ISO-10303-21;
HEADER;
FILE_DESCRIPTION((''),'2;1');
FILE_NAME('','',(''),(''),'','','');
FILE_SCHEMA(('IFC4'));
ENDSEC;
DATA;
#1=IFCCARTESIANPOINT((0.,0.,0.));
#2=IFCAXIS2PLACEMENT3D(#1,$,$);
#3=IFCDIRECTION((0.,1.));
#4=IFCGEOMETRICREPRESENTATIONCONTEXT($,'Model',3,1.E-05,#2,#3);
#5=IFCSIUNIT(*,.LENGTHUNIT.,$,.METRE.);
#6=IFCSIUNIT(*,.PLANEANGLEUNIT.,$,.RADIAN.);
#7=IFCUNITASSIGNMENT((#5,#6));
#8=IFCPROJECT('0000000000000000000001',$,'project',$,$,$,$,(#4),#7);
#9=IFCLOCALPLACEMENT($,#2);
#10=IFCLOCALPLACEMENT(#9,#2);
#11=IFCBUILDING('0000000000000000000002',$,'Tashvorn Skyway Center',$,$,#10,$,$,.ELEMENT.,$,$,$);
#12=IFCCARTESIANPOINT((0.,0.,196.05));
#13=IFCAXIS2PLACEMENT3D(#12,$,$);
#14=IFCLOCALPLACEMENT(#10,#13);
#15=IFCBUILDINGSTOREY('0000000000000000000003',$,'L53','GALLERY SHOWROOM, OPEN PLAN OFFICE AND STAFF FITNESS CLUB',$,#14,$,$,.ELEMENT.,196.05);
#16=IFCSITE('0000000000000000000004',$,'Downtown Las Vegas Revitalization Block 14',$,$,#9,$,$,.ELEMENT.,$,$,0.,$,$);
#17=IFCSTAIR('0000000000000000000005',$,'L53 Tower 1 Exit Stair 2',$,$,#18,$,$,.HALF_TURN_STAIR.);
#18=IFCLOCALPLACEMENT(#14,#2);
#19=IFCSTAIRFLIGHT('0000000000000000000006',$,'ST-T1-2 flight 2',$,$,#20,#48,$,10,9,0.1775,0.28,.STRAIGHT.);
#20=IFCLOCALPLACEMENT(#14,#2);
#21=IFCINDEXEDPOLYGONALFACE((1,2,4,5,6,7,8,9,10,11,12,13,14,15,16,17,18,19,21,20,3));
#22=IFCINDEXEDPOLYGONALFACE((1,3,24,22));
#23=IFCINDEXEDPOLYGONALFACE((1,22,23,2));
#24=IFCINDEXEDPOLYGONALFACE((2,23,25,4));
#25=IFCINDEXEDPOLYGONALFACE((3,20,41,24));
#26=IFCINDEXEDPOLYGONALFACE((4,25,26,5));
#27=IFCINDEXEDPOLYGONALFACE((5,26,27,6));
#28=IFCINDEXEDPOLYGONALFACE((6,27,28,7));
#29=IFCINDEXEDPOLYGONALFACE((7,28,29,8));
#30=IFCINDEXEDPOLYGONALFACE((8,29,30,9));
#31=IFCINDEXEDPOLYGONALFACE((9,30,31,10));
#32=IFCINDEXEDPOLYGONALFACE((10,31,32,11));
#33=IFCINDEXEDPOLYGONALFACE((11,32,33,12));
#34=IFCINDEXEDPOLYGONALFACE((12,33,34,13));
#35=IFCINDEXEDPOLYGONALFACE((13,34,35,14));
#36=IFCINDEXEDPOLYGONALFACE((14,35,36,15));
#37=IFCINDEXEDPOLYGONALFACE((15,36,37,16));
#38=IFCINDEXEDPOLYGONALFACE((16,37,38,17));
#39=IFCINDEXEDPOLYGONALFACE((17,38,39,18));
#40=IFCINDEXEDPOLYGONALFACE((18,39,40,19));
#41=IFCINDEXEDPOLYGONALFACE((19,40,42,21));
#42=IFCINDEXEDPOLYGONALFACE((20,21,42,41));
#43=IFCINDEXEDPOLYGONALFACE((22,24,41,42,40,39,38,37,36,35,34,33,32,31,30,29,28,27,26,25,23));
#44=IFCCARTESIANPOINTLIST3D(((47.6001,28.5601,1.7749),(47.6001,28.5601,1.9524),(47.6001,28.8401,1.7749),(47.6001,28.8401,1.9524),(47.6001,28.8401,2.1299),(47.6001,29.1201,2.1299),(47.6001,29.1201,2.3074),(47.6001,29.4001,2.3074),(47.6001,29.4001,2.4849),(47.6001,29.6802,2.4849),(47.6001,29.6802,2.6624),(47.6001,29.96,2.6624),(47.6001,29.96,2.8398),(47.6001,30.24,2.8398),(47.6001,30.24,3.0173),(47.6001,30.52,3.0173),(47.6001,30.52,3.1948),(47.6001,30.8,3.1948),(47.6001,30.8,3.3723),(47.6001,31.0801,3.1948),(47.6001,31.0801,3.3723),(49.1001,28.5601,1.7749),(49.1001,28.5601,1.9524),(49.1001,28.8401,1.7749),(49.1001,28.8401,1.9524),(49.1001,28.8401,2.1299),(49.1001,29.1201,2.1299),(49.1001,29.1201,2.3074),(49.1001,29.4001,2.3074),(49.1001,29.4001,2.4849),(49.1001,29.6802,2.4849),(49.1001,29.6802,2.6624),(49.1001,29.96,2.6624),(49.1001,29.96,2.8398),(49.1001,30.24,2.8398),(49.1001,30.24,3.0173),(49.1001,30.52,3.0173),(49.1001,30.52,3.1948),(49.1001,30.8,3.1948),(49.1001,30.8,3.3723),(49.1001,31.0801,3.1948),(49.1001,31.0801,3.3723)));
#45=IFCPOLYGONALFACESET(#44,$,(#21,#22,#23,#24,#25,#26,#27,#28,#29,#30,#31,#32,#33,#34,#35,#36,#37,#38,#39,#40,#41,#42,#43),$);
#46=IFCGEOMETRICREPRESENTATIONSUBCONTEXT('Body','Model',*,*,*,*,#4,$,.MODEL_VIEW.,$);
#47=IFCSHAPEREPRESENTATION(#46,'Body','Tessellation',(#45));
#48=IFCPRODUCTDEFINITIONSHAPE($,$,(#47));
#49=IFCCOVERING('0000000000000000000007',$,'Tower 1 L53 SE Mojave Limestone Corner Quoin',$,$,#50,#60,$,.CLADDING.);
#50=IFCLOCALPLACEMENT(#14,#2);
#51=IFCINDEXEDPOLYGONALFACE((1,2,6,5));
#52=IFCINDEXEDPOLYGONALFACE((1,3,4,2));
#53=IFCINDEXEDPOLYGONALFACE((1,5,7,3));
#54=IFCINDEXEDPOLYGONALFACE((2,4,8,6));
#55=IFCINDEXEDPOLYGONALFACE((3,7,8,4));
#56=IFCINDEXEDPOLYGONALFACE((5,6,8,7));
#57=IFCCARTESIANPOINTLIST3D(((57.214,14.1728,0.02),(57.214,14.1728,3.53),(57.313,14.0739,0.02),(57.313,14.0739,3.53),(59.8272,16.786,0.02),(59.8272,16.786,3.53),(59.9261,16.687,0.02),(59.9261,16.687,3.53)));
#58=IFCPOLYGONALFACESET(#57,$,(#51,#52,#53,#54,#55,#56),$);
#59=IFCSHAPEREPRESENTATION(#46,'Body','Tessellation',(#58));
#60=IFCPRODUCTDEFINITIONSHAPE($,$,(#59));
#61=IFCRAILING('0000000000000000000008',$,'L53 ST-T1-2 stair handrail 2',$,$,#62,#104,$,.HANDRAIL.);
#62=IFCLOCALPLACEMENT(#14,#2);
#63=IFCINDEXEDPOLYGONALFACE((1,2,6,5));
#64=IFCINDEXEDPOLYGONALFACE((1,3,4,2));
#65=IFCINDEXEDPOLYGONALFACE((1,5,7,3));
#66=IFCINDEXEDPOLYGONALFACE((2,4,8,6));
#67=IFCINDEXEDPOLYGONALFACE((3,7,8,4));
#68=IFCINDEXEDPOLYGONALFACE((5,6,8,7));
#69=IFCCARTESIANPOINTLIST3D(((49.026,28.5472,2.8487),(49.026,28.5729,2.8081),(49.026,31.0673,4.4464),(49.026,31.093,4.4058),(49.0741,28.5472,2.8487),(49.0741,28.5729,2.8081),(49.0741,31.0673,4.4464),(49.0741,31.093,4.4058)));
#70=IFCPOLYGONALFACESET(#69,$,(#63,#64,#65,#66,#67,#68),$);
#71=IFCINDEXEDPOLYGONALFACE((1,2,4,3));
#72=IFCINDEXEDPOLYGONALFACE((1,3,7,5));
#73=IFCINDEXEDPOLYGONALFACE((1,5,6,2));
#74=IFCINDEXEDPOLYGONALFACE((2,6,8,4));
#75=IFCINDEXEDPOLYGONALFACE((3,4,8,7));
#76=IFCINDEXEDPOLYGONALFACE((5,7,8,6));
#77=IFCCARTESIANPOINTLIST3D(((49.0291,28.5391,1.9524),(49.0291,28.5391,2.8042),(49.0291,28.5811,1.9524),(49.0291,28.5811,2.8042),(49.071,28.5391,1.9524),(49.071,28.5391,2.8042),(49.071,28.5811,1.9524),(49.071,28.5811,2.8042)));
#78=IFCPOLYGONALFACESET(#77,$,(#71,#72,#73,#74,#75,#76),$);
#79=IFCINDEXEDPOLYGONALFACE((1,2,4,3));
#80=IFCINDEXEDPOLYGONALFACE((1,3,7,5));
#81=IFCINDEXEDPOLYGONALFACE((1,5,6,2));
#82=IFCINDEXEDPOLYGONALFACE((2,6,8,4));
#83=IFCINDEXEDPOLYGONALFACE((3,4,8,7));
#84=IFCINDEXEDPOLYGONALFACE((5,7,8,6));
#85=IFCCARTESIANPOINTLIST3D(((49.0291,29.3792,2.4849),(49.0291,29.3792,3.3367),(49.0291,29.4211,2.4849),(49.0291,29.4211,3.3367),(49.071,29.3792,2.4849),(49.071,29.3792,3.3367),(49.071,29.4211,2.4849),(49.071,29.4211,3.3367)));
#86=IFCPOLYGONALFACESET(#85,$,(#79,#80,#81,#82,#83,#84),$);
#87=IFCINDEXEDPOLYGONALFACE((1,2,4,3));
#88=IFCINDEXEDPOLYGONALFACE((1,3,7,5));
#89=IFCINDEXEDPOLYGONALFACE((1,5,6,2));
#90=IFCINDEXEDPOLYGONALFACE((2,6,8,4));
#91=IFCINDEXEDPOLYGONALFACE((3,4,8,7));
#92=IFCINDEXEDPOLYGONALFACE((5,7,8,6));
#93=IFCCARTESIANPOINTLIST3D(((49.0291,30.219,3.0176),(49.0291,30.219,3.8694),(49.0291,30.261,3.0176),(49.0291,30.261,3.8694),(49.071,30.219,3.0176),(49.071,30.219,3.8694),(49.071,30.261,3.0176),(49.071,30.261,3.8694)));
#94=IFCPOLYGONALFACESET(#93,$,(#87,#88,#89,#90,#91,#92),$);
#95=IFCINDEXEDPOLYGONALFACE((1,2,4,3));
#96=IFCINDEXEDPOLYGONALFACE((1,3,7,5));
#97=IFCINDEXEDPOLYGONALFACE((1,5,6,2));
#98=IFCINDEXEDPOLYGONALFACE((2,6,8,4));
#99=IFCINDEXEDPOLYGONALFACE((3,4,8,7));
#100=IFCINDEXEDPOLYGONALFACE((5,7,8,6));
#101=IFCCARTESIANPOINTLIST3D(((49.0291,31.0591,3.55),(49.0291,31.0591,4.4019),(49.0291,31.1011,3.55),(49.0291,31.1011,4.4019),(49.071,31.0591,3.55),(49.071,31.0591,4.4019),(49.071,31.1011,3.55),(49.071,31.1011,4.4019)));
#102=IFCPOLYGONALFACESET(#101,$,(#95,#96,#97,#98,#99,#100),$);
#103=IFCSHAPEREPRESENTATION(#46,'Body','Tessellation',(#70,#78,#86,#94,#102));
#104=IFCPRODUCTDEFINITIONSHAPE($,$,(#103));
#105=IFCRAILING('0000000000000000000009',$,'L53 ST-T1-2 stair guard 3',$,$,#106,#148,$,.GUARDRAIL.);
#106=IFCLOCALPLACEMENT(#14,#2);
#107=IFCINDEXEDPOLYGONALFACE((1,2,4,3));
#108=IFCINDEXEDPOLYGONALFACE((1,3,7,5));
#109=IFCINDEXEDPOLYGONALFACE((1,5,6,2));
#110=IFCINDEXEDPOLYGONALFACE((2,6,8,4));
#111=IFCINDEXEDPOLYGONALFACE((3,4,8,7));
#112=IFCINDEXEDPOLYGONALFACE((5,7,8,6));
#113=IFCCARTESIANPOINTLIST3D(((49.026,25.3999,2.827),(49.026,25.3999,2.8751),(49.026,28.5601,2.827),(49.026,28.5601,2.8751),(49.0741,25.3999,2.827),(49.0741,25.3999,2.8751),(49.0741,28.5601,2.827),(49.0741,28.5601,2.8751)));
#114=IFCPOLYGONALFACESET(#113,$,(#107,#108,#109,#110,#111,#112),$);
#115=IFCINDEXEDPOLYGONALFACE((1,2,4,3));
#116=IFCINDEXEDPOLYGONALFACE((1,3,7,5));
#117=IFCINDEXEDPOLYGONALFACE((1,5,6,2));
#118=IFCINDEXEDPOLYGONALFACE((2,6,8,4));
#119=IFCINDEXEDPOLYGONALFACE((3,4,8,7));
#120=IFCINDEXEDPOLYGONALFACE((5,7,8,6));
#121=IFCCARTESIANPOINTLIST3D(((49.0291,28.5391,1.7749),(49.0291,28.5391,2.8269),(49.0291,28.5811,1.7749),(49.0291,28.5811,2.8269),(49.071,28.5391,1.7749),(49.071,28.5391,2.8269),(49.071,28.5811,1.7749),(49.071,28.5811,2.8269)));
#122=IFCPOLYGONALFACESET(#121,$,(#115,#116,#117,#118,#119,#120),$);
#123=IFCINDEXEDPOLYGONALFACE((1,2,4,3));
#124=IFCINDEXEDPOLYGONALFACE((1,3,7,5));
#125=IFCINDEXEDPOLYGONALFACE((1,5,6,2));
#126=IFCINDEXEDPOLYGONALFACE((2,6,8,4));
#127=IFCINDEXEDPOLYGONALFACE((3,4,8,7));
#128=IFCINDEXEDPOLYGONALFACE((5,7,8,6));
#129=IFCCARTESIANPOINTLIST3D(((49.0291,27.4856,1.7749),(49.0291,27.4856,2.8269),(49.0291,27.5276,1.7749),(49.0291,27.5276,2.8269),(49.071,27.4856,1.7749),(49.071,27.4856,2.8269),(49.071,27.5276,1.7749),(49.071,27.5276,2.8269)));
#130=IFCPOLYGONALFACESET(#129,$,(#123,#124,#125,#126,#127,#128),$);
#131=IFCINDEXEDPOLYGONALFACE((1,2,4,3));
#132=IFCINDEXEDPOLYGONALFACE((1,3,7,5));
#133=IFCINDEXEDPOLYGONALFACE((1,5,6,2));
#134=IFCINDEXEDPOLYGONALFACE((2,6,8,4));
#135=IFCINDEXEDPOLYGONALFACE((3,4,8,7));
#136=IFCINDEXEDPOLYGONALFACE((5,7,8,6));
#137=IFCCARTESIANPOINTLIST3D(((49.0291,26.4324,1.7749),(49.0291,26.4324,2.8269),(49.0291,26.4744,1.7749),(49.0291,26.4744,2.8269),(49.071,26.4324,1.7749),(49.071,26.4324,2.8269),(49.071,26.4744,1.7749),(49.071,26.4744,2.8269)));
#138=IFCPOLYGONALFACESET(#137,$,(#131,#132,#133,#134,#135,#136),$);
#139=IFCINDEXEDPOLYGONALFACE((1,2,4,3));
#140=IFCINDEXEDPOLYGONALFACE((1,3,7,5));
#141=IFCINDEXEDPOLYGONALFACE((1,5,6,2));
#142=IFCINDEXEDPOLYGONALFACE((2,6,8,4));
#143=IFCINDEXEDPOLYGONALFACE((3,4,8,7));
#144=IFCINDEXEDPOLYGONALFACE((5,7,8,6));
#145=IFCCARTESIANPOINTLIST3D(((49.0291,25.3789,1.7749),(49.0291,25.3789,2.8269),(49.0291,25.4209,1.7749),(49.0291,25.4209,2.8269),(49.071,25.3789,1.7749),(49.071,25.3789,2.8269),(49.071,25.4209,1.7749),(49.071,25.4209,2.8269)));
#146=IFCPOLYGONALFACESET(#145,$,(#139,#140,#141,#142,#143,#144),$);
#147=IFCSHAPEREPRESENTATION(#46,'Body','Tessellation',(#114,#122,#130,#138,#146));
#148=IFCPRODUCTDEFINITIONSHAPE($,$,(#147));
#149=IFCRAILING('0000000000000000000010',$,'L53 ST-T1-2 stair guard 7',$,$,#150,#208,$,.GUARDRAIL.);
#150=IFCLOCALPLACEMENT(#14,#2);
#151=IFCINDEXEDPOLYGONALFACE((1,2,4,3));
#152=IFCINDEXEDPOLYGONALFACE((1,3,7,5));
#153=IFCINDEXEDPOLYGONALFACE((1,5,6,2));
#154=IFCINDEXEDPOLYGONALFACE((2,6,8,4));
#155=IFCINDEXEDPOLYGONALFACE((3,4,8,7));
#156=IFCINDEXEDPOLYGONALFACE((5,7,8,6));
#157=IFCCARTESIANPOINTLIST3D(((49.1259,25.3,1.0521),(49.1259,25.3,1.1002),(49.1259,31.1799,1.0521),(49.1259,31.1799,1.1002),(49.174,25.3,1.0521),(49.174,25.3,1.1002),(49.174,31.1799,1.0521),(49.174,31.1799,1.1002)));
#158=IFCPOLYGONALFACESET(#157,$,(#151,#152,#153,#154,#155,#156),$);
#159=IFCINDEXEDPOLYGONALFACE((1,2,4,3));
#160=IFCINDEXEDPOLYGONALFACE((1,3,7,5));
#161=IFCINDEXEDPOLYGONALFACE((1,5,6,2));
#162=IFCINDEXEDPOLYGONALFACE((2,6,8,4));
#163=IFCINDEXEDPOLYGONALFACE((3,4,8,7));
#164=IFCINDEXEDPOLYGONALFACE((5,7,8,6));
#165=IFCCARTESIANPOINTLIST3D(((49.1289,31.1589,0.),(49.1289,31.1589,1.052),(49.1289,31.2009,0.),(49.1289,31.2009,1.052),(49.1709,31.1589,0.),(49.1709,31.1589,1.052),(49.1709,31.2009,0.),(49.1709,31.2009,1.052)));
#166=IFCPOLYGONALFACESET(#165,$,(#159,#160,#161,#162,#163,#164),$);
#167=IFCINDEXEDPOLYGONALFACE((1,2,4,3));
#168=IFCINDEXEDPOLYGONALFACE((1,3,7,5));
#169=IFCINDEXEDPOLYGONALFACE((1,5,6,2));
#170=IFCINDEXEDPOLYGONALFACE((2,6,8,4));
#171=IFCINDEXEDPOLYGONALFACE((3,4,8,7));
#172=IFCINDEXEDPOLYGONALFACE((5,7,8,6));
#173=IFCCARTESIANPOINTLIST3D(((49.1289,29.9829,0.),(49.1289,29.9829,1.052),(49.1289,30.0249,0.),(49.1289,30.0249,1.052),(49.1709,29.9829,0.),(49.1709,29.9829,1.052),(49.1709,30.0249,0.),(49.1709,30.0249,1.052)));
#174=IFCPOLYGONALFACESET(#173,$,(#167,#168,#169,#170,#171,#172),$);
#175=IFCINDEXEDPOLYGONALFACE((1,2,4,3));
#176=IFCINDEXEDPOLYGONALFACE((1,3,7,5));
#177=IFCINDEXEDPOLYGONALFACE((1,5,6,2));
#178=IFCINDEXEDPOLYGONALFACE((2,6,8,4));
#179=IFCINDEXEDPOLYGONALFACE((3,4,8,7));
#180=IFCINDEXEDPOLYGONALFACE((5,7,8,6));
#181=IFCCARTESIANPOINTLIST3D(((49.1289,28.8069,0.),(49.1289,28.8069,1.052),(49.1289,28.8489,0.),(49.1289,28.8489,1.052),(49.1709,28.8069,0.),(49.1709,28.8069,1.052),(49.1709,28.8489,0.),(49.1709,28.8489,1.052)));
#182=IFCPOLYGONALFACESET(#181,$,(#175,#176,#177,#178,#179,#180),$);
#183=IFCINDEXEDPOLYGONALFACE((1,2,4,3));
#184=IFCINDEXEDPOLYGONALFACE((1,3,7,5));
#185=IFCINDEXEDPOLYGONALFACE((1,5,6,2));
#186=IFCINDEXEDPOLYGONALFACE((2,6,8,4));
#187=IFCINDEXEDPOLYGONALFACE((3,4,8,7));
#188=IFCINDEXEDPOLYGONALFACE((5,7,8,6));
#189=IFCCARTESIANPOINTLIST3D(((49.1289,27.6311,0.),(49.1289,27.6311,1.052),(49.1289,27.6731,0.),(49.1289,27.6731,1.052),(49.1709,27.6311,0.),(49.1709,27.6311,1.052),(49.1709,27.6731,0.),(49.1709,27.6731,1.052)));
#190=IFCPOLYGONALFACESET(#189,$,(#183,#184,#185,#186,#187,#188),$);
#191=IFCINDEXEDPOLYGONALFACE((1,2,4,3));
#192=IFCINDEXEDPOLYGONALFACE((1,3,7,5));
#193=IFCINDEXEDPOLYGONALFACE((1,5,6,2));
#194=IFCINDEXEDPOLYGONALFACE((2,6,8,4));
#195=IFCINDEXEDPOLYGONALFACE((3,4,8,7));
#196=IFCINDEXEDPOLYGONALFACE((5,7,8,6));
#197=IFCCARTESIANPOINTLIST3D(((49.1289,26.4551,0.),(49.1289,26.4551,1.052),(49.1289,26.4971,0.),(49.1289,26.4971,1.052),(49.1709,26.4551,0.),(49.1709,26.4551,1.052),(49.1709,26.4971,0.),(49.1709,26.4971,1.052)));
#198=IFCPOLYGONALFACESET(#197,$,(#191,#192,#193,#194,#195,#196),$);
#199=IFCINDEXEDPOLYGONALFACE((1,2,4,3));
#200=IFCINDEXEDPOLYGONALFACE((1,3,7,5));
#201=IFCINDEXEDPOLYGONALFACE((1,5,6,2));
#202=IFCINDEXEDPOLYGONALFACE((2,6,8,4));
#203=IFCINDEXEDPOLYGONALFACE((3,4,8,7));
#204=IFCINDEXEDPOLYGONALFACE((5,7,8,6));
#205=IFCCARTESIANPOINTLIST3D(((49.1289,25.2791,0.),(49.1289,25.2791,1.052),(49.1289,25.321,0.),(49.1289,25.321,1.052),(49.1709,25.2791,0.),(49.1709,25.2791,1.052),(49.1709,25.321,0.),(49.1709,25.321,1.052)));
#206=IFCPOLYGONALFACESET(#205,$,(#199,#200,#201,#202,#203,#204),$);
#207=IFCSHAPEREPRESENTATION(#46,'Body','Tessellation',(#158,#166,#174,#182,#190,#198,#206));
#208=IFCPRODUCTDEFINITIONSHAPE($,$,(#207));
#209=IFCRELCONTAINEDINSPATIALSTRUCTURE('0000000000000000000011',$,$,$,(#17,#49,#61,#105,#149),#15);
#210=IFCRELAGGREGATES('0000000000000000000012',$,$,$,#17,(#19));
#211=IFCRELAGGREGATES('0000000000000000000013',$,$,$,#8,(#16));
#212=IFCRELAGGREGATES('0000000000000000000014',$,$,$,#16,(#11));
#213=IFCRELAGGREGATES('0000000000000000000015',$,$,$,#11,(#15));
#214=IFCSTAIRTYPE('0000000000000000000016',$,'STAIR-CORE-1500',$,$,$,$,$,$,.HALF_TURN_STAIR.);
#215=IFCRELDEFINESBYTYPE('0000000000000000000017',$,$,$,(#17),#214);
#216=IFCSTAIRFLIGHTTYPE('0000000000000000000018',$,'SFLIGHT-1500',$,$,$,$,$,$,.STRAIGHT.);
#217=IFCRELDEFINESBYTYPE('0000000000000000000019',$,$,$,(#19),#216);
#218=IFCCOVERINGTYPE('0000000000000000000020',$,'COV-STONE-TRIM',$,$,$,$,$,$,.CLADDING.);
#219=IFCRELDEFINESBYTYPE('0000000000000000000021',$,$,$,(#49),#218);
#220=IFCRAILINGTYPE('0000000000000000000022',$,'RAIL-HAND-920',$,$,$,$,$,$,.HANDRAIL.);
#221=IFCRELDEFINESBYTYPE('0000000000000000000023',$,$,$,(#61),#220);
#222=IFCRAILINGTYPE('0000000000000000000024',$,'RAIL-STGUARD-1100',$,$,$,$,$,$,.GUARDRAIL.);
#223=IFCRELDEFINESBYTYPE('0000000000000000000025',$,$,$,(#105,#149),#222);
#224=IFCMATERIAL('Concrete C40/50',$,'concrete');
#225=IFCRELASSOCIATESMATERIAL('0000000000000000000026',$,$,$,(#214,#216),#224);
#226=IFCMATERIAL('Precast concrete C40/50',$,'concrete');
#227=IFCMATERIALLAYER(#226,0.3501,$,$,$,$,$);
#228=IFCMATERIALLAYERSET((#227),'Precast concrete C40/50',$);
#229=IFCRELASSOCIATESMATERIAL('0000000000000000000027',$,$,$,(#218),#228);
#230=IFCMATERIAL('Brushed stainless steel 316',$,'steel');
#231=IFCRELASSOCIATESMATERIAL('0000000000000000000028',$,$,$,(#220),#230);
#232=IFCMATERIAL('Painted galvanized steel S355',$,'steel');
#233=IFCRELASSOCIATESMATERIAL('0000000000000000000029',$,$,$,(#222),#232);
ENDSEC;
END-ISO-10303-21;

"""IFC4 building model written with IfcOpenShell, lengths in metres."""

from ifc_helpers import new_model, si_unit, direction, frame, origin, origin_2d, place, context, subcontext, project, spatial, polyline, rectangle, outline, extrude, material, layer, layer_set, type_object, element, aggregate, save


model = new_model("IFC4")

# Units and contexts
model_context = context("Model", 3, precision=1e-05, world=origin(), true_north=direction((0.0, 1.0)))
body_context = subcontext(model_context, "Body", "Model", "MODEL_VIEW")
ifc_project = project(units=[si_unit("LENGTHUNIT", "METRE"), si_unit("PLANEANGLEUNIT", "RADIAN")], contexts=[model_context])

# Site, building, storey
site_placement = place(None, origin())
site = spatial("IfcSite", under=ifc_project, at=site_placement, Name="Downtown Las Vegas Revitalization Block 14", CompositionType="ELEMENT", RefElevation=0.0)
building_placement = place(site_placement, origin())
building = spatial("IfcBuilding", under=site, at=building_placement, Name="Tashvorn Skyway Center", CompositionType="ELEMENT")
storey_placement = place(building_placement, frame((0.0, 0.0, 196.05)))
storey = spatial("IfcBuildingStorey", under=building, at=storey_placement, Name="L53", Description="GALLERY SHOWROOM, OPEN PLAN OFFICE AND STAFF FITNESS CLUB", CompositionType="ELEMENT", Elevation=196.05)

# Stair, stair flight
ifc_material_1 = material(Name="Concrete C40/50", Category="concrete")
stair_type = type_object("IfcStairType", Name="STAIR-CORE-1500", PredefinedType="HALF_TURN_STAIR", material=ifc_material_1)
stair_placement = place(storey_placement, origin())
stair = element("IfcStair", 1, at=stair_placement, inside=storey, type_object=stair_type, Name="L53 Tower 1 Exit Stair 2", PredefinedType="HALF_TURN_STAIR")
stair_flight_type = type_object("IfcStairFlightType", Name="SFLIGHT-1500", PredefinedType="STRAIGHT", material=ifc_material_1)
stair_flight_placement = place(storey_placement, frame((48.3501, 28.5601, 1.7749), z_axis=(0.0, 0.0, 1.0), x_axis=(0.0, 1.0, 0.0)))
stair_flight = element("IfcStairFlight", 2, at=stair_flight_placement, type_object=stair_flight_type, Name="ST-T1-2 flight 2", NumberOfRisers=10, NumberOfTreads=9, PredefinedType="STRAIGHT", RiserHeight=0.1775, TreadLength=0.28, context=body_context, shape_type="SweptSolid", body=[
    extrude(outline(polyline([(0.0, 0.0), (0.0, 0.1775), (0.28, 0.1775), (0.28, 0.355), (0.5601, 0.355), (0.5601, 0.5325), (0.8401, 0.5325), (0.8401, 0.71), (1.1201, 0.71), (1.1201, 0.8875), (1.3999, 0.8875), (1.3999, 1.0649), (1.6799, 1.0649), (1.6799, 1.2424), (1.96, 1.2424), (1.96, 1.4199), (2.24, 1.4199), (2.24, 1.5974), (2.52, 1.5974), (2.52, 1.7749), (2.52, 1.4199), (0.28, 0.0), (0.0, 0.0)])), frame((0.0, 0.75, 0.0), z_axis=(0.0, -1.0, 0.0), x_axis=(1.0, 0.0, 0.0)), (0.0, 0.0, 1.0), 1.5),
])
aggregate(stair, [stair_flight])

# Covering
ifc_material_2 = material(Name="Precast concrete C40/50", Category="concrete")
ifc_layer_1 = layer(ifc_material_2, 0.3501)
ifc_layer_set_1 = layer_set([ifc_layer_1], Name="Precast concrete C40/50")
covering_type = type_object("IfcCoveringType", Name="COV-STONE-TRIM", PredefinedType="CLADDING", material=ifc_layer_set_1)
covering_placement = place(storey_placement, frame((58.5701, 15.4299, 0.02), z_axis=(0.0, 0.0, 1.0), x_axis=(0.707107, 0.707107, 0.0)))
element("IfcCovering", 3, at=covering_placement, inside=storey, type_object=covering_type, Name="Tower 1 L53 SE Mojave Limestone Corner Quoin", PredefinedType="CLADDING", context=body_context, shape_type="SweptSolid", body=[
    extrude(rectangle(XDim=3.6956, YDim=0.1399, at=origin_2d()), origin(), (0.0, 0.0, 1.0), 3.51),
])

# Railings
ifc_material_3 = material(Name="Brushed stainless steel 316", Category="steel")
railing_type_1 = type_object("IfcRailingType", Name="RAIL-HAND-920", PredefinedType="HANDRAIL", material=ifc_material_3)
railing_1_placement = place(storey_placement, frame((49.05, 28.5601, 1.9524)))
element("IfcRailing", 4, at=railing_1_placement, inside=storey, type_object=railing_type_1, Name="L53 ST-T1-2 stair handrail 2", PredefinedType="HANDRAIL", context=body_context, shape_type="SweptSolid", body=[
    extrude(rectangle(XDim=0.0481, YDim=0.0481, at=origin_2d()), frame((0.0, 0.0, 0.876), z_axis=(0.0, 0.84457, 0.535445), x_axis=(-1.0, 0.0, 0.0)), (0.0, 0.0, 1.0), 2.9839),
    extrude(rectangle(XDim=0.042, YDim=0.042, at=origin_2d()), origin(), (0.0, 0.0, 1.0), 0.8518),
    extrude(rectangle(XDim=0.042, YDim=0.042, at=origin_2d()), frame((0.0, 0.8401, 0.5325)), (0.0, 0.0, 1.0), 0.8518),
    extrude(rectangle(XDim=0.042, YDim=0.042, at=origin_2d()), frame((0.0, 1.6799, 1.0652)), (0.0, 0.0, 1.0), 0.8518),
    extrude(rectangle(XDim=0.042, YDim=0.042, at=origin_2d()), frame((0.0, 2.52, 1.5977)), (0.0, 0.0, 1.0), 0.8518),
])
ifc_material_4 = material(Name="Painted galvanized steel S355", Category="steel")
railing_type_2 = type_object("IfcRailingType", Name="RAIL-STGUARD-1100", PredefinedType="GUARDRAIL", material=ifc_material_4)
railing_2_placement = place(storey_placement, frame((49.05, 28.5601, 1.7749)))
element("IfcRailing", 5, at=railing_2_placement, inside=storey, type_object=railing_type_2, Name="L53 ST-T1-2 stair guard 3", PredefinedType="GUARDRAIL", context=body_context, shape_type="SweptSolid", body=[
    extrude(rectangle(XDim=0.0481, YDim=0.0481, at=origin_2d()), frame((0.0, 0.0, 1.0762), z_axis=(0.0, -1.0, 0.0), x_axis=(1.0, 0.0, 0.0)), (0.0, 0.0, 1.0), 3.1602),
    extrude(rectangle(XDim=0.042, YDim=0.042, at=origin_2d()), origin(), (0.0, 0.0, 1.0), 1.052),
    extrude(rectangle(XDim=0.042, YDim=0.042, at=origin_2d()), frame((0.0, -1.0535, 0.0)), (0.0, 0.0, 1.0), 1.052),
    extrude(rectangle(XDim=0.042, YDim=0.042, at=origin_2d()), frame((0.0, -2.1067, 0.0)), (0.0, 0.0, 1.0), 1.052),
    extrude(rectangle(XDim=0.042, YDim=0.042, at=origin_2d()), frame((0.0, -3.1602, 0.0)), (0.0, 0.0, 1.0), 1.052),
])
railing_3_placement = place(storey_placement, frame((49.1499, 31.1799, 0.0)))
element("IfcRailing", 6, at=railing_3_placement, inside=storey, type_object=railing_type_2, Name="L53 ST-T1-2 stair guard 7", PredefinedType="GUARDRAIL", context=body_context, shape_type="SweptSolid", body=[
    extrude(rectangle(XDim=0.0481, YDim=0.0481, at=origin_2d()), frame((0.0, 0.0, 1.0762), z_axis=(0.0, -1.0, 0.0), x_axis=(1.0, 0.0, 0.0)), (0.0, 0.0, 1.0), 5.8799),
    extrude(rectangle(XDim=0.042, YDim=0.042, at=origin_2d()), origin(), (0.0, 0.0, 1.0), 1.052),
    extrude(rectangle(XDim=0.042, YDim=0.042, at=origin_2d()), frame((0.0, -1.176, 0.0)), (0.0, 0.0, 1.0), 1.052),
    extrude(rectangle(XDim=0.042, YDim=0.042, at=origin_2d()), frame((0.0, -2.3521, 0.0)), (0.0, 0.0, 1.0), 1.052),
    extrude(rectangle(XDim=0.042, YDim=0.042, at=origin_2d()), frame((0.0, -3.5278, 0.0)), (0.0, 0.0, 1.0), 1.052),
    extrude(rectangle(XDim=0.042, YDim=0.042, at=origin_2d()), frame((0.0, -4.7039, 0.0)), (0.0, 0.0, 1.0), 1.052),
    extrude(rectangle(XDim=0.042, YDim=0.042, at=origin_2d()), frame((0.0, -5.8799, 0.0)), (0.0, 0.0, 1.0), 1.052),
])

save(model, "model.ifc")
